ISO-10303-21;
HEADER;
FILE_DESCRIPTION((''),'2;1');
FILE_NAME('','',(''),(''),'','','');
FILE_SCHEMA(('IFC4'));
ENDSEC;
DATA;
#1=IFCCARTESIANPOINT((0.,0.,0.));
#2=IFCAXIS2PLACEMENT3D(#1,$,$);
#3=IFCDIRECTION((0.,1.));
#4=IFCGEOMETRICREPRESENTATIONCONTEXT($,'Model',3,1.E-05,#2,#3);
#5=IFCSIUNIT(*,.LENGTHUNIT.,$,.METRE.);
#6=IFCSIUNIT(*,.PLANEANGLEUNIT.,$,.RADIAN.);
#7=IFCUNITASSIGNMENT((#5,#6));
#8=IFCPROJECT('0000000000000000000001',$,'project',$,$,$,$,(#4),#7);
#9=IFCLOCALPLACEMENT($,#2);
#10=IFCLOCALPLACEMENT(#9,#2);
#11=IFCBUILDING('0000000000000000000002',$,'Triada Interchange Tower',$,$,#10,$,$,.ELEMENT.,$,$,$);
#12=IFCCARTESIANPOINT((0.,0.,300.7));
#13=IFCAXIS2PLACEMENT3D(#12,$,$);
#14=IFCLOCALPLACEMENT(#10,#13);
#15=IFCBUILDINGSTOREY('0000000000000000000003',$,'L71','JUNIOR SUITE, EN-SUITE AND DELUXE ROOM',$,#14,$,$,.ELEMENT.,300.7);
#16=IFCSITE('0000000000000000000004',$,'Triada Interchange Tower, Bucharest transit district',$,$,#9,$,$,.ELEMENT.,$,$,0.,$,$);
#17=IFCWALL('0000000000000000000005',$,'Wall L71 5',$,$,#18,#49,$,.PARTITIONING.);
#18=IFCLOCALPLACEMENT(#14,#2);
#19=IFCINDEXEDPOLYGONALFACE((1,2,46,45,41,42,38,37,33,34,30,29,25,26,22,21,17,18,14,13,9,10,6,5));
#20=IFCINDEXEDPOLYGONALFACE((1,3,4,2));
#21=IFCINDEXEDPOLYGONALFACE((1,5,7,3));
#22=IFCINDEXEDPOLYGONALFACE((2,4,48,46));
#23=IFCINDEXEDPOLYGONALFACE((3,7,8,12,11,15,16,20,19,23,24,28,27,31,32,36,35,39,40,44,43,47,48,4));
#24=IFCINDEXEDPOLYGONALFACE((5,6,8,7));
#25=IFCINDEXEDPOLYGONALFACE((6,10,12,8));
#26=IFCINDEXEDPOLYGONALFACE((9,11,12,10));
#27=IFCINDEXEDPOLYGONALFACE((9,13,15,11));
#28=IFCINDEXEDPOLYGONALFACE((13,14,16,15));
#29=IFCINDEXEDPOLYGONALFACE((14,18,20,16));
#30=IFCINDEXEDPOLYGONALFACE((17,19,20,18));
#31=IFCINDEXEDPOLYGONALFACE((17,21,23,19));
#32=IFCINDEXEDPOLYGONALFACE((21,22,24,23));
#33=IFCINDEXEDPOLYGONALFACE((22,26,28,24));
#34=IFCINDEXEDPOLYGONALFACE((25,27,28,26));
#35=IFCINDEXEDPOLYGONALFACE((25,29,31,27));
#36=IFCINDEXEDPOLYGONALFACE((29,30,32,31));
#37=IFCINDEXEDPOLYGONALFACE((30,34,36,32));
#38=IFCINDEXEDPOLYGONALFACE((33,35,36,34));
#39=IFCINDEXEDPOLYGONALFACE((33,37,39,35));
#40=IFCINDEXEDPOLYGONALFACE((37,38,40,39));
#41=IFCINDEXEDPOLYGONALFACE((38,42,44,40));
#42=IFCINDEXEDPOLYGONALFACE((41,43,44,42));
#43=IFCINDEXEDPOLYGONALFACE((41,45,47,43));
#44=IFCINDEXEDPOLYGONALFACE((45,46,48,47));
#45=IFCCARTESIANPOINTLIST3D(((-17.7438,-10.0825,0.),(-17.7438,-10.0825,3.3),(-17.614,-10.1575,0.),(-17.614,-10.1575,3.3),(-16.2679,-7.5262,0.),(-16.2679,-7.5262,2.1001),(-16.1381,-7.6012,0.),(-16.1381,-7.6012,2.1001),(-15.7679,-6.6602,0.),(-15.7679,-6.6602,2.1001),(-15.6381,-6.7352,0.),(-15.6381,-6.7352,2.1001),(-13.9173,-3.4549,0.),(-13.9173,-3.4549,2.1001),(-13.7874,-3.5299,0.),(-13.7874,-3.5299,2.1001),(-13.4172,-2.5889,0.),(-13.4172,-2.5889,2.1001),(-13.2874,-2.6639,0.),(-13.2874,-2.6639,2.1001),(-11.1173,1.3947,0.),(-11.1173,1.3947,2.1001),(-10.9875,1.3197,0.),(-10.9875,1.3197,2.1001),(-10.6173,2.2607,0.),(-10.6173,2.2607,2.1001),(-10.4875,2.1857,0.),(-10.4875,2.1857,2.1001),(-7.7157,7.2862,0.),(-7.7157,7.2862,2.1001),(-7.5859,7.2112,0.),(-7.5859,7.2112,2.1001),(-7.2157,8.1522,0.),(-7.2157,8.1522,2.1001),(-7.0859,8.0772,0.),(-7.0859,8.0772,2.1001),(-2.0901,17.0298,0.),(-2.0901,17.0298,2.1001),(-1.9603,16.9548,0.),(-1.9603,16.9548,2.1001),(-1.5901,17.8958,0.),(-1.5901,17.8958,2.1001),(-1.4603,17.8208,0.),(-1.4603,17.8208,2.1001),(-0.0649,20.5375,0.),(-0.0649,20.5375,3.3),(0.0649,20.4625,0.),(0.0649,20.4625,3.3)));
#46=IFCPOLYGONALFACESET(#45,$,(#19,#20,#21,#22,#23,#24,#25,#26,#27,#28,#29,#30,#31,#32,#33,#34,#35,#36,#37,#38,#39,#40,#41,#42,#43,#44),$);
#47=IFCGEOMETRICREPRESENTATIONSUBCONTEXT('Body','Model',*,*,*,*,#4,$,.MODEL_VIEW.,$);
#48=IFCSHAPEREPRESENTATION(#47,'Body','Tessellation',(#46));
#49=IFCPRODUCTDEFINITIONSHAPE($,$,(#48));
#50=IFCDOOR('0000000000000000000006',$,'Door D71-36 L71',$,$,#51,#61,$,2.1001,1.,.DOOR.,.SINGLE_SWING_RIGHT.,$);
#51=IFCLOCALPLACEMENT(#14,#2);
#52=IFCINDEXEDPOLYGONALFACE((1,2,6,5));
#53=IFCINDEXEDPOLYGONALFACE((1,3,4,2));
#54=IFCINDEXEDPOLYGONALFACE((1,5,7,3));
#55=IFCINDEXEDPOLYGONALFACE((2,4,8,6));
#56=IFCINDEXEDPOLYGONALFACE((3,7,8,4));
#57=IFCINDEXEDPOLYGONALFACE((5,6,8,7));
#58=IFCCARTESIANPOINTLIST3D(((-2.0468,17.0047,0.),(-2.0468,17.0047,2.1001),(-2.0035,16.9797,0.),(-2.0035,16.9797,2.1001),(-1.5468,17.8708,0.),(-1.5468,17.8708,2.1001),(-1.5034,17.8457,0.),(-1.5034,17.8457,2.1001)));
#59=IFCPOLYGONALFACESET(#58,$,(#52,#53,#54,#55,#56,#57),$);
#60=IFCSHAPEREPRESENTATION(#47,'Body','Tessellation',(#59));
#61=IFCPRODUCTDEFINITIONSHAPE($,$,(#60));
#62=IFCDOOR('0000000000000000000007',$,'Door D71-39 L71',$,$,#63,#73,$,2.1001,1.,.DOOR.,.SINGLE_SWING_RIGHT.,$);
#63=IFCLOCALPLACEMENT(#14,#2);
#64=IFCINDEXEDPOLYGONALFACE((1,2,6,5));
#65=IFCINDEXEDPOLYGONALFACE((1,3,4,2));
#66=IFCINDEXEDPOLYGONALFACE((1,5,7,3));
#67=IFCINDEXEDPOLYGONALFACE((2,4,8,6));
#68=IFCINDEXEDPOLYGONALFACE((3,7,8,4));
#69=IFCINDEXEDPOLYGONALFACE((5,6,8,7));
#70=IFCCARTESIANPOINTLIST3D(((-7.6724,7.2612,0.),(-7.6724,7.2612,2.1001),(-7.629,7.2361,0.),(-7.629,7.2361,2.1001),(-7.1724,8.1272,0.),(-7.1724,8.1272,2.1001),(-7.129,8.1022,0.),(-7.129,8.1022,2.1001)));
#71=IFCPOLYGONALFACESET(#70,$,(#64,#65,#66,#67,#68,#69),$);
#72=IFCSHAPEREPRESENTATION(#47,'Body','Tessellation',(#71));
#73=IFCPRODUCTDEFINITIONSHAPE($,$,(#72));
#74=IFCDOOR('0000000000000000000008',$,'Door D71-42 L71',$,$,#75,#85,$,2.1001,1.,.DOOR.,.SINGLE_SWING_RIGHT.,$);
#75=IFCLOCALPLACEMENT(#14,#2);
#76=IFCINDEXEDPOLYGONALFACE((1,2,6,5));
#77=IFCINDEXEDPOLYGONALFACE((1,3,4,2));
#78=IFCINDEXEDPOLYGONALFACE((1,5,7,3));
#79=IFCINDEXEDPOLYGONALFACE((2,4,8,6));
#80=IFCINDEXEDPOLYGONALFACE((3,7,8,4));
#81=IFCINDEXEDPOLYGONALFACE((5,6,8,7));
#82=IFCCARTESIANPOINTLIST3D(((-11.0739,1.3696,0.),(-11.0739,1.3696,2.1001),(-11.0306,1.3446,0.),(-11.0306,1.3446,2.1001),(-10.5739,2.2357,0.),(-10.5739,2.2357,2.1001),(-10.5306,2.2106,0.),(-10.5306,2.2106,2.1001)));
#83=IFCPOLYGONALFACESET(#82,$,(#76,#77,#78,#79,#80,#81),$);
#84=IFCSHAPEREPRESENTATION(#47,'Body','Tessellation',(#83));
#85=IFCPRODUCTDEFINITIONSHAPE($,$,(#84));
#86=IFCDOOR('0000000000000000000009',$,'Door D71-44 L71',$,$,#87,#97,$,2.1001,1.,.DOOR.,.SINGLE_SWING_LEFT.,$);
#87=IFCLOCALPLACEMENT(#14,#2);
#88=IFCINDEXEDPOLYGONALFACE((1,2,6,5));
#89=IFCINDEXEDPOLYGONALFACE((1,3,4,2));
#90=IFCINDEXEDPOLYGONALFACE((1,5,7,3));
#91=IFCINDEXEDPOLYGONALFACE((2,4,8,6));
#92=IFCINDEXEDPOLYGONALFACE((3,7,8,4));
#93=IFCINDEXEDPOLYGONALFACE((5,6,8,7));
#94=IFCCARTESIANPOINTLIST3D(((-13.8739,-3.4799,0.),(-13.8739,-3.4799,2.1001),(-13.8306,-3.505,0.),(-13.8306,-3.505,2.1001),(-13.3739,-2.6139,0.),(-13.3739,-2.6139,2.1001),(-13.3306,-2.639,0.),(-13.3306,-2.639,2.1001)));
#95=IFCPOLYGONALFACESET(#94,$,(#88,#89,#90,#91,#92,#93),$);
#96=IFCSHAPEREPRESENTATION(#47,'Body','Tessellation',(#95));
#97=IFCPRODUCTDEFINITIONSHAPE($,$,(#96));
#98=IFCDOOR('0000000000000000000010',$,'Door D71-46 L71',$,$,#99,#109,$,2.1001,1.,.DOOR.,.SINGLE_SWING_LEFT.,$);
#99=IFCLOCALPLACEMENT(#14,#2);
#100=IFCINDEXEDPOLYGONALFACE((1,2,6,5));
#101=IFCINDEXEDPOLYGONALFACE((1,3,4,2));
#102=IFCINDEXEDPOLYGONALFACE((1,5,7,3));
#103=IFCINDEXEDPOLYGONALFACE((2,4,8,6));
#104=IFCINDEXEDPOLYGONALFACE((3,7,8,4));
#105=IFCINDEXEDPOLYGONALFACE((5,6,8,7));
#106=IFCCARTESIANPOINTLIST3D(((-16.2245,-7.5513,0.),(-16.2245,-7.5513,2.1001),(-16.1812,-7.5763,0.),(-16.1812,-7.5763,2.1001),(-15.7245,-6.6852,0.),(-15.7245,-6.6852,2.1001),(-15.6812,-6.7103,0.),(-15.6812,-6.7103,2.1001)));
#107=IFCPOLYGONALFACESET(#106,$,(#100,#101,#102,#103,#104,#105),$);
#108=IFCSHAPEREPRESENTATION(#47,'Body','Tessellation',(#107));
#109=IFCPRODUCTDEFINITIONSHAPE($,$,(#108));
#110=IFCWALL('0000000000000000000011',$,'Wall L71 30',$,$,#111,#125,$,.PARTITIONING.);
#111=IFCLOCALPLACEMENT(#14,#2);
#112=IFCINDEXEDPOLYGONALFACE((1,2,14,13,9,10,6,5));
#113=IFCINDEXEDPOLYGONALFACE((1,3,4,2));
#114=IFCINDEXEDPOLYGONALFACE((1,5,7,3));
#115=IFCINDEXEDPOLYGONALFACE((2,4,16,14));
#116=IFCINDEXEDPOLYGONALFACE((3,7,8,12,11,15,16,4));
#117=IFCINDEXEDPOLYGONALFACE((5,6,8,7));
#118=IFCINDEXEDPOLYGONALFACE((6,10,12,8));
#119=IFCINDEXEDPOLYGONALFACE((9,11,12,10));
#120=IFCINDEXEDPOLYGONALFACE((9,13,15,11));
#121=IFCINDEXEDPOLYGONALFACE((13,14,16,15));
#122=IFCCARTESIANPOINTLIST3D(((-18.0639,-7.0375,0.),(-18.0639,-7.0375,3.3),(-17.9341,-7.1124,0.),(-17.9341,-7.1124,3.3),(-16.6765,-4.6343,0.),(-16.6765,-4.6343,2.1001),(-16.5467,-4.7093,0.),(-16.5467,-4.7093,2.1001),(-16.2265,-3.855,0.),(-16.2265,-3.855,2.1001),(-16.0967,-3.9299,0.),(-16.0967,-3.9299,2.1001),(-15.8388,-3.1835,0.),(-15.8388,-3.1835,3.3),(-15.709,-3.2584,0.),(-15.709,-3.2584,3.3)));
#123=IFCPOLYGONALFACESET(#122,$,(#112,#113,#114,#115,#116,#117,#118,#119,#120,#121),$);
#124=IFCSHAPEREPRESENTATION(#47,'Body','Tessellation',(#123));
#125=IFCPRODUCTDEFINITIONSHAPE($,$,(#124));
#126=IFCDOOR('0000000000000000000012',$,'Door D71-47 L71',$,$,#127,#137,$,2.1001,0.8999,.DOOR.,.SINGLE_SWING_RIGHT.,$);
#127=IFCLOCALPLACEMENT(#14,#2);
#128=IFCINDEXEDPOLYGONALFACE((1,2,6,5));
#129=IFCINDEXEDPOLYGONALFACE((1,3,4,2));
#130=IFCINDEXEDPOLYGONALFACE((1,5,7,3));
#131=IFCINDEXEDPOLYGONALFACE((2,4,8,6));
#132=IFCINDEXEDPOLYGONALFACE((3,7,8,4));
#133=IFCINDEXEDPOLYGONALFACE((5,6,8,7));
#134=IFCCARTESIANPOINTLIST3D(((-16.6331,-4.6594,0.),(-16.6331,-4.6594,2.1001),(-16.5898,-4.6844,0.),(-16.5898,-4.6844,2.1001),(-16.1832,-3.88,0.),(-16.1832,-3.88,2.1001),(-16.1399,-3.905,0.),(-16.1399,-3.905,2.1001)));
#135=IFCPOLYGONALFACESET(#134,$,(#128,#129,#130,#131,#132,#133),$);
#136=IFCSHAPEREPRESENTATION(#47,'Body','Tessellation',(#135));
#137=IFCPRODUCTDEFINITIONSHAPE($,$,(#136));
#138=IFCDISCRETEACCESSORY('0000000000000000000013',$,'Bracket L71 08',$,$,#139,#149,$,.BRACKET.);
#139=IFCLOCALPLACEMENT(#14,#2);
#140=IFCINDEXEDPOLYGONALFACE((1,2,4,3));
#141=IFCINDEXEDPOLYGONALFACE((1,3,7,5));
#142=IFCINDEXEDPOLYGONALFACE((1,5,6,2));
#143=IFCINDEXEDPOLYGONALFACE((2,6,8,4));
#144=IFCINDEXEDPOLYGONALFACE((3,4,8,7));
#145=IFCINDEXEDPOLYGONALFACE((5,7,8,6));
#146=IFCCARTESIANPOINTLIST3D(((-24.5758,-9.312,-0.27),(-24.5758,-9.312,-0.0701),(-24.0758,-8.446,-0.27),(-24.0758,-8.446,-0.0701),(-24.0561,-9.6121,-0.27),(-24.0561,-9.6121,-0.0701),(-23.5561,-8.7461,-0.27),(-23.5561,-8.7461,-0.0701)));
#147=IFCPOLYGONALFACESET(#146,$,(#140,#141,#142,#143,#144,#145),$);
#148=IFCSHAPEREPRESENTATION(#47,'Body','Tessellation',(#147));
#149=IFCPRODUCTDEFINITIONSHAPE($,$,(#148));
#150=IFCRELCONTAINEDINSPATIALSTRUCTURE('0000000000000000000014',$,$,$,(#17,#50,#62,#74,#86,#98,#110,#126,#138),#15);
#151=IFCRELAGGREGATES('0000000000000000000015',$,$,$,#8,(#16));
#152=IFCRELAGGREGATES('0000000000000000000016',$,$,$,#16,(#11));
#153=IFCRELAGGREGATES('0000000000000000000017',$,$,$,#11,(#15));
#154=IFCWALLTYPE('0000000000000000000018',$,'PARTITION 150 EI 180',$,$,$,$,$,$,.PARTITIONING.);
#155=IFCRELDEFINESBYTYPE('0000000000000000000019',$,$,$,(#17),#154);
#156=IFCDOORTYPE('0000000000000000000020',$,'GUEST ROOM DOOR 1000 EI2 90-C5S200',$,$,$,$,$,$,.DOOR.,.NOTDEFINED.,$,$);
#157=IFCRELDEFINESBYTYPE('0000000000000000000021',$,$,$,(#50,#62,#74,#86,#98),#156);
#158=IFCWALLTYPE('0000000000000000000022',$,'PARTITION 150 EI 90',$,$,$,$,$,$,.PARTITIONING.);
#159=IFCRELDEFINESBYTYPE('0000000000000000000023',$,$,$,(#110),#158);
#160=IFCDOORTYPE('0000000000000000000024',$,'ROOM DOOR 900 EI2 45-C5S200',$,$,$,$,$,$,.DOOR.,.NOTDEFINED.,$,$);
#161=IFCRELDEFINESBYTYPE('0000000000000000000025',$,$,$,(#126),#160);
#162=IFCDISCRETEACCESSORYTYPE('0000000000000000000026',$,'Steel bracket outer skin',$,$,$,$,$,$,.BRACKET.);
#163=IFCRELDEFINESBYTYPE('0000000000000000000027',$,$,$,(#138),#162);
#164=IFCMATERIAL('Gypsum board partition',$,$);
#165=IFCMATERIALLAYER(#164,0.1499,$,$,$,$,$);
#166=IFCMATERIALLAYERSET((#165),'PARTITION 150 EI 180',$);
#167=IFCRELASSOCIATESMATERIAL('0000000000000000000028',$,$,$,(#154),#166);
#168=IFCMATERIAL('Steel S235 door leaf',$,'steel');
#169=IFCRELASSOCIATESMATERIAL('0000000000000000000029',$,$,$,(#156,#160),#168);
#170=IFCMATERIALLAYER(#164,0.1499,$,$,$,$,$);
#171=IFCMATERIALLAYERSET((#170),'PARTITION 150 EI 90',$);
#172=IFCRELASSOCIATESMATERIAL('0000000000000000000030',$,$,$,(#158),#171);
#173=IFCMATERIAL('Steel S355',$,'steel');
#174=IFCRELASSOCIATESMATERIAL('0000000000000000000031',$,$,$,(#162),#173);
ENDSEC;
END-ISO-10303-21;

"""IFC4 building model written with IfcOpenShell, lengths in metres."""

from ifc_helpers import new_model, si_unit, direction, frame, frame_2d, origin, origin_2d, place, context, subcontext, project, spatial, rectangle, extrude, material, layer, layer_set, type_object, element, fill, save


model = new_model("IFC4")

# Units and contexts
model_context = context("Model", 3, precision=1e-05, world=origin(), true_north=direction((0.0, 1.0)))
body_context = subcontext(model_context, "Body", "Model", "MODEL_VIEW")
ifc_project = project(units=[si_unit("LENGTHUNIT", "METRE"), si_unit("PLANEANGLEUNIT", "RADIAN")], contexts=[model_context])

# Site, building, storey
site_placement = place(None, origin())
site = spatial("IfcSite", under=ifc_project, at=site_placement, Name="Triada Interchange Tower, Bucharest transit district", CompositionType="ELEMENT", RefElevation=0.0)
building_placement = place(site_placement, origin())
building = spatial("IfcBuilding", under=site, at=building_placement, Name="Triada Interchange Tower", CompositionType="ELEMENT")
storey_placement = place(building_placement, frame((0.0, 0.0, 300.7)))
storey = spatial("IfcBuildingStorey", under=building, at=storey_placement, Name="L71", Description="JUNIOR SUITE, EN-SUITE AND DELUXE ROOM", CompositionType="ELEMENT", Elevation=300.7)

# Wall, openings, doors
ifc_material_1 = material(Name="Gypsum board partition")
ifc_layer_1 = layer(ifc_material_1, 0.1499)
ifc_layer_set_1 = layer_set([ifc_layer_1], Name="PARTITION 150 EI 180")
wall_type_1 = type_object("IfcWallType", Name="PARTITION 150 EI 180", PredefinedType="PARTITIONING", material=ifc_layer_set_1)
ifc_material_2 = material(Name="Steel S235 door leaf", Category="steel")
door_type_1 = type_object("IfcDoorType", Name="GUEST ROOM DOOR 1000 EI2 90-C5S200", OperationType="NOTDEFINED", PredefinedType="DOOR", material=ifc_material_2)
wall_1_placement = place(storey_placement, frame((-17.679, -10.1201, 0.0), z_axis=(0.0, 0.0, 1.0), x_axis=(0.500009, 0.86602, 0.0)))
wall_1 = element("IfcWall", 1, at=wall_1_placement, inside=storey, type_object=wall_type_1, Name="Wall L71 5", PredefinedType="PARTITIONING", context=body_context, shape_type="SweptSolid", body=[
    extrude(rectangle(XDim=35.3572, YDim=0.1499, at=frame_2d((17.6787, 0.0))), origin(), (0.0, 0.0, 1.0), 3.3),
])
opening_1_placement = place(wall_1_placement, frame((31.3069, 0.0, 0.0)))
opening_1 = element("IfcOpeningElement", 2, at=opening_1_placement, cuts=wall_1, PredefinedType="OPENING", context=body_context, shape_type="SweptSolid", body=[
    extrude(rectangle(XDim=1.0, YDim=2.1001, at=frame_2d((0.5, 1.05))), frame((0.0, 0.085, 0.0), z_axis=(0.0, -1.0, 0.0), x_axis=(1.0, 0.0, 0.0)), (0.0, 0.0, 1.0), 0.1699),
])
opening_2_placement = place(wall_1_placement, frame((20.0559, 0.0, 0.0)))
opening_2 = element("IfcOpeningElement", 3, at=opening_2_placement, cuts=wall_1, PredefinedType="OPENING", context=body_context, shape_type="SweptSolid", body=[
    extrude(rectangle(XDim=1.0, YDim=2.1001, at=frame_2d((0.5, 1.05))), frame((0.0, 0.085, 0.0), z_axis=(0.0, -1.0, 0.0), x_axis=(1.0, 0.0, 0.0)), (0.0, 0.0, 1.0), 0.1699),
])
opening_3_placement = place(wall_1_placement, frame((13.2529, 0.0, 0.0)))
opening_3 = element("IfcOpeningElement", 4, at=opening_3_placement, cuts=wall_1, PredefinedType="OPENING", context=body_context, shape_type="SweptSolid", body=[
    extrude(rectangle(XDim=1.0, YDim=2.1001, at=frame_2d((0.5, 1.05))), frame((0.0, 0.085, 0.0), z_axis=(0.0, -1.0, 0.0), x_axis=(1.0, 0.0, 0.0)), (0.0, 0.0, 1.0), 0.1699),
])
opening_4_placement = place(wall_1_placement, frame((7.6531, 0.0, 0.0)))
opening_4 = element("IfcOpeningElement", 5, at=opening_4_placement, cuts=wall_1, PredefinedType="OPENING", context=body_context, shape_type="SweptSolid", body=[
    extrude(rectangle(XDim=1.0, YDim=2.1001, at=frame_2d((0.5, 1.05))), frame((0.0, 0.085, 0.0), z_axis=(0.0, -1.0, 0.0), x_axis=(1.0, 0.0, 0.0)), (0.0, 0.0, 1.0), 0.1699),
])
opening_5_placement = place(wall_1_placement, frame((2.9519, 0.0, 0.0)))
opening_5 = element("IfcOpeningElement", 6, at=opening_5_placement, cuts=wall_1, PredefinedType="OPENING", context=body_context, shape_type="SweptSolid", body=[
    extrude(rectangle(XDim=1.0, YDim=2.1001, at=frame_2d((0.5, 1.05))), frame((0.0, 0.085, 0.0), z_axis=(0.0, -1.0, 0.0), x_axis=(1.0, 0.0, 0.0)), (0.0, 0.0, 1.0), 0.1699),
])
door_1_placement = place(opening_1_placement, origin())
door_1 = element("IfcDoor", 7, at=door_1_placement, inside=storey, type_object=door_type_1, Name="Door D71-36 L71", OperationType="SINGLE_SWING_RIGHT", OverallHeight=2.1001, OverallWidth=1.0, PredefinedType="DOOR", context=body_context, shape_type="SweptSolid", body=[
    extrude(rectangle(XDim=1.0, YDim=2.1001, at=frame_2d((0.5, 1.05))), frame((0.0, 0.0249, 0.0), z_axis=(0.0, -1.0, 0.0), x_axis=(1.0, 0.0, 0.0)), (0.0, 0.0, 1.0), 0.05),
])
fill(opening_1, door_1)
door_2_placement = place(opening_2_placement, origin())
door_2 = element("IfcDoor", 8, at=door_2_placement, inside=storey, type_object=door_type_1, Name="Door D71-39 L71", OperationType="SINGLE_SWING_RIGHT", OverallHeight=2.1001, OverallWidth=1.0, PredefinedType="DOOR", context=body_context, shape_type="SweptSolid", body=[
    extrude(rectangle(XDim=1.0, YDim=2.1001, at=frame_2d((0.5, 1.05))), frame((0.0, 0.0249, 0.0), z_axis=(0.0, -1.0, 0.0), x_axis=(1.0, 0.0, 0.0)), (0.0, 0.0, 1.0), 0.05),
])
fill(opening_2, door_2)
door_3_placement = place(opening_3_placement, origin())
door_3 = element("IfcDoor", 9, at=door_3_placement, inside=storey, type_object=door_type_1, Name="Door D71-42 L71", OperationType="SINGLE_SWING_RIGHT", OverallHeight=2.1001, OverallWidth=1.0, PredefinedType="DOOR", context=body_context, shape_type="SweptSolid", body=[
    extrude(rectangle(XDim=1.0, YDim=2.1001, at=frame_2d((0.5, 1.05))), frame((0.0, 0.0249, 0.0), z_axis=(0.0, -1.0, 0.0), x_axis=(1.0, 0.0, 0.0)), (0.0, 0.0, 1.0), 0.05),
])
fill(opening_3, door_3)
door_4_placement = place(opening_4_placement, origin())
door_4 = element("IfcDoor", 10, at=door_4_placement, inside=storey, type_object=door_type_1, Name="Door D71-44 L71", OperationType="SINGLE_SWING_LEFT", OverallHeight=2.1001, OverallWidth=1.0, PredefinedType="DOOR", context=body_context, shape_type="SweptSolid", body=[
    extrude(rectangle(XDim=1.0, YDim=2.1001, at=frame_2d((0.5, 1.05))), frame((0.0, 0.0249, 0.0), z_axis=(0.0, -1.0, 0.0), x_axis=(1.0, 0.0, 0.0)), (0.0, 0.0, 1.0), 0.05),
])
fill(opening_4, door_4)
door_5_placement = place(opening_5_placement, origin())
door_5 = element("IfcDoor", 11, at=door_5_placement, inside=storey, type_object=door_type_1, Name="Door D71-46 L71", OperationType="SINGLE_SWING_LEFT", OverallHeight=2.1001, OverallWidth=1.0, PredefinedType="DOOR", context=body_context, shape_type="SweptSolid", body=[
    extrude(rectangle(XDim=1.0, YDim=2.1001, at=frame_2d((0.5, 1.05))), frame((0.0, 0.0249, 0.0), z_axis=(0.0, -1.0, 0.0), x_axis=(1.0, 0.0, 0.0)), (0.0, 0.0, 1.0), 0.05),
])
fill(opening_5, door_5)

# Wall, opening, door
ifc_layer_2 = layer(ifc_material_1, 0.1499)
ifc_layer_set_2 = layer_set([ifc_layer_2], Name="PARTITION 150 EI 90")
wall_type_2 = type_object("IfcWallType", Name="PARTITION 150 EI 90", PredefinedType="PARTITIONING", material=ifc_layer_set_2)
wall_2_placement = place(storey_placement, frame((-17.999, -7.075, 0.0), z_axis=(0.0, 0.0, 1.0), x_axis=(0.499998, 0.866027, 0.0)))
wall_2 = element("IfcWall", 12, at=wall_2_placement, inside=storey, type_object=wall_type_2, Name="Wall L71 30", PredefinedType="PARTITIONING", context=body_context, shape_type="SweptSolid", body=[
    extrude(rectangle(XDim=4.4502, YDim=0.1499, at=frame_2d((2.2251, 0.0))), origin(), (0.0, 0.0, 1.0), 3.3),
])
opening_6_placement = place(wall_2_placement, frame((2.7749, 0.0, 0.0)))
opening_6 = element("IfcOpeningElement", 13, at=opening_6_placement, cuts=wall_2, PredefinedType="OPENING", context=body_context, shape_type="SweptSolid", body=[
    extrude(rectangle(XDim=0.8999, YDim=2.1001, at=frame_2d((0.45, 1.05))), frame((0.0, 0.085, 0.0), z_axis=(0.0, -1.0, 0.0), x_axis=(1.0, 0.0, 0.0)), (0.0, 0.0, 1.0), 0.1699),
])
door_type_2 = type_object("IfcDoorType", Name="ROOM DOOR 900 EI2 45-C5S200", OperationType="NOTDEFINED", PredefinedType="DOOR", material=ifc_material_2)
door_6_placement = place(opening_6_placement, origin())
door_6 = element("IfcDoor", 14, at=door_6_placement, inside=storey, type_object=door_type_2, Name="Door D71-47 L71", OperationType="SINGLE_SWING_RIGHT", OverallHeight=2.1001, OverallWidth=0.8999, PredefinedType="DOOR", context=body_context, shape_type="SweptSolid", body=[
    extrude(rectangle(XDim=0.8999, YDim=2.1001, at=frame_2d((0.45, 1.05))), frame((0.0, 0.0249, 0.0), z_axis=(0.0, -1.0, 0.0), x_axis=(1.0, 0.0, 0.0)), (0.0, 0.0, 1.0), 0.05),
])
fill(opening_6, door_6)

# Discrete accessory
ifc_material_3 = material(Name="Steel S355", Category="steel")
discrete_accessory_type = type_object("IfcDiscreteAccessoryType", Name="Steel bracket outer skin", PredefinedType="BRACKET", material=ifc_material_3)
discrete_accessory_placement = place(storey_placement, frame((-24.0659, -9.0291, -0.27), z_axis=(0.0, 0.0, 1.0), x_axis=(-0.866027, 0.499997, 0.0)))
element("IfcDiscreteAccessory", 15, at=discrete_accessory_placement, inside=storey, type_object=discrete_accessory_type, Name="Bracket L71 08", PredefinedType="BRACKET", context=body_context, shape_type="SweptSolid", body=[
    extrude(rectangle(XDim=0.6001, YDim=1.0, at=origin_2d()), origin(), (0.0, 0.0, 1.0), 0.2),
])

save(model, "model.ifc")
